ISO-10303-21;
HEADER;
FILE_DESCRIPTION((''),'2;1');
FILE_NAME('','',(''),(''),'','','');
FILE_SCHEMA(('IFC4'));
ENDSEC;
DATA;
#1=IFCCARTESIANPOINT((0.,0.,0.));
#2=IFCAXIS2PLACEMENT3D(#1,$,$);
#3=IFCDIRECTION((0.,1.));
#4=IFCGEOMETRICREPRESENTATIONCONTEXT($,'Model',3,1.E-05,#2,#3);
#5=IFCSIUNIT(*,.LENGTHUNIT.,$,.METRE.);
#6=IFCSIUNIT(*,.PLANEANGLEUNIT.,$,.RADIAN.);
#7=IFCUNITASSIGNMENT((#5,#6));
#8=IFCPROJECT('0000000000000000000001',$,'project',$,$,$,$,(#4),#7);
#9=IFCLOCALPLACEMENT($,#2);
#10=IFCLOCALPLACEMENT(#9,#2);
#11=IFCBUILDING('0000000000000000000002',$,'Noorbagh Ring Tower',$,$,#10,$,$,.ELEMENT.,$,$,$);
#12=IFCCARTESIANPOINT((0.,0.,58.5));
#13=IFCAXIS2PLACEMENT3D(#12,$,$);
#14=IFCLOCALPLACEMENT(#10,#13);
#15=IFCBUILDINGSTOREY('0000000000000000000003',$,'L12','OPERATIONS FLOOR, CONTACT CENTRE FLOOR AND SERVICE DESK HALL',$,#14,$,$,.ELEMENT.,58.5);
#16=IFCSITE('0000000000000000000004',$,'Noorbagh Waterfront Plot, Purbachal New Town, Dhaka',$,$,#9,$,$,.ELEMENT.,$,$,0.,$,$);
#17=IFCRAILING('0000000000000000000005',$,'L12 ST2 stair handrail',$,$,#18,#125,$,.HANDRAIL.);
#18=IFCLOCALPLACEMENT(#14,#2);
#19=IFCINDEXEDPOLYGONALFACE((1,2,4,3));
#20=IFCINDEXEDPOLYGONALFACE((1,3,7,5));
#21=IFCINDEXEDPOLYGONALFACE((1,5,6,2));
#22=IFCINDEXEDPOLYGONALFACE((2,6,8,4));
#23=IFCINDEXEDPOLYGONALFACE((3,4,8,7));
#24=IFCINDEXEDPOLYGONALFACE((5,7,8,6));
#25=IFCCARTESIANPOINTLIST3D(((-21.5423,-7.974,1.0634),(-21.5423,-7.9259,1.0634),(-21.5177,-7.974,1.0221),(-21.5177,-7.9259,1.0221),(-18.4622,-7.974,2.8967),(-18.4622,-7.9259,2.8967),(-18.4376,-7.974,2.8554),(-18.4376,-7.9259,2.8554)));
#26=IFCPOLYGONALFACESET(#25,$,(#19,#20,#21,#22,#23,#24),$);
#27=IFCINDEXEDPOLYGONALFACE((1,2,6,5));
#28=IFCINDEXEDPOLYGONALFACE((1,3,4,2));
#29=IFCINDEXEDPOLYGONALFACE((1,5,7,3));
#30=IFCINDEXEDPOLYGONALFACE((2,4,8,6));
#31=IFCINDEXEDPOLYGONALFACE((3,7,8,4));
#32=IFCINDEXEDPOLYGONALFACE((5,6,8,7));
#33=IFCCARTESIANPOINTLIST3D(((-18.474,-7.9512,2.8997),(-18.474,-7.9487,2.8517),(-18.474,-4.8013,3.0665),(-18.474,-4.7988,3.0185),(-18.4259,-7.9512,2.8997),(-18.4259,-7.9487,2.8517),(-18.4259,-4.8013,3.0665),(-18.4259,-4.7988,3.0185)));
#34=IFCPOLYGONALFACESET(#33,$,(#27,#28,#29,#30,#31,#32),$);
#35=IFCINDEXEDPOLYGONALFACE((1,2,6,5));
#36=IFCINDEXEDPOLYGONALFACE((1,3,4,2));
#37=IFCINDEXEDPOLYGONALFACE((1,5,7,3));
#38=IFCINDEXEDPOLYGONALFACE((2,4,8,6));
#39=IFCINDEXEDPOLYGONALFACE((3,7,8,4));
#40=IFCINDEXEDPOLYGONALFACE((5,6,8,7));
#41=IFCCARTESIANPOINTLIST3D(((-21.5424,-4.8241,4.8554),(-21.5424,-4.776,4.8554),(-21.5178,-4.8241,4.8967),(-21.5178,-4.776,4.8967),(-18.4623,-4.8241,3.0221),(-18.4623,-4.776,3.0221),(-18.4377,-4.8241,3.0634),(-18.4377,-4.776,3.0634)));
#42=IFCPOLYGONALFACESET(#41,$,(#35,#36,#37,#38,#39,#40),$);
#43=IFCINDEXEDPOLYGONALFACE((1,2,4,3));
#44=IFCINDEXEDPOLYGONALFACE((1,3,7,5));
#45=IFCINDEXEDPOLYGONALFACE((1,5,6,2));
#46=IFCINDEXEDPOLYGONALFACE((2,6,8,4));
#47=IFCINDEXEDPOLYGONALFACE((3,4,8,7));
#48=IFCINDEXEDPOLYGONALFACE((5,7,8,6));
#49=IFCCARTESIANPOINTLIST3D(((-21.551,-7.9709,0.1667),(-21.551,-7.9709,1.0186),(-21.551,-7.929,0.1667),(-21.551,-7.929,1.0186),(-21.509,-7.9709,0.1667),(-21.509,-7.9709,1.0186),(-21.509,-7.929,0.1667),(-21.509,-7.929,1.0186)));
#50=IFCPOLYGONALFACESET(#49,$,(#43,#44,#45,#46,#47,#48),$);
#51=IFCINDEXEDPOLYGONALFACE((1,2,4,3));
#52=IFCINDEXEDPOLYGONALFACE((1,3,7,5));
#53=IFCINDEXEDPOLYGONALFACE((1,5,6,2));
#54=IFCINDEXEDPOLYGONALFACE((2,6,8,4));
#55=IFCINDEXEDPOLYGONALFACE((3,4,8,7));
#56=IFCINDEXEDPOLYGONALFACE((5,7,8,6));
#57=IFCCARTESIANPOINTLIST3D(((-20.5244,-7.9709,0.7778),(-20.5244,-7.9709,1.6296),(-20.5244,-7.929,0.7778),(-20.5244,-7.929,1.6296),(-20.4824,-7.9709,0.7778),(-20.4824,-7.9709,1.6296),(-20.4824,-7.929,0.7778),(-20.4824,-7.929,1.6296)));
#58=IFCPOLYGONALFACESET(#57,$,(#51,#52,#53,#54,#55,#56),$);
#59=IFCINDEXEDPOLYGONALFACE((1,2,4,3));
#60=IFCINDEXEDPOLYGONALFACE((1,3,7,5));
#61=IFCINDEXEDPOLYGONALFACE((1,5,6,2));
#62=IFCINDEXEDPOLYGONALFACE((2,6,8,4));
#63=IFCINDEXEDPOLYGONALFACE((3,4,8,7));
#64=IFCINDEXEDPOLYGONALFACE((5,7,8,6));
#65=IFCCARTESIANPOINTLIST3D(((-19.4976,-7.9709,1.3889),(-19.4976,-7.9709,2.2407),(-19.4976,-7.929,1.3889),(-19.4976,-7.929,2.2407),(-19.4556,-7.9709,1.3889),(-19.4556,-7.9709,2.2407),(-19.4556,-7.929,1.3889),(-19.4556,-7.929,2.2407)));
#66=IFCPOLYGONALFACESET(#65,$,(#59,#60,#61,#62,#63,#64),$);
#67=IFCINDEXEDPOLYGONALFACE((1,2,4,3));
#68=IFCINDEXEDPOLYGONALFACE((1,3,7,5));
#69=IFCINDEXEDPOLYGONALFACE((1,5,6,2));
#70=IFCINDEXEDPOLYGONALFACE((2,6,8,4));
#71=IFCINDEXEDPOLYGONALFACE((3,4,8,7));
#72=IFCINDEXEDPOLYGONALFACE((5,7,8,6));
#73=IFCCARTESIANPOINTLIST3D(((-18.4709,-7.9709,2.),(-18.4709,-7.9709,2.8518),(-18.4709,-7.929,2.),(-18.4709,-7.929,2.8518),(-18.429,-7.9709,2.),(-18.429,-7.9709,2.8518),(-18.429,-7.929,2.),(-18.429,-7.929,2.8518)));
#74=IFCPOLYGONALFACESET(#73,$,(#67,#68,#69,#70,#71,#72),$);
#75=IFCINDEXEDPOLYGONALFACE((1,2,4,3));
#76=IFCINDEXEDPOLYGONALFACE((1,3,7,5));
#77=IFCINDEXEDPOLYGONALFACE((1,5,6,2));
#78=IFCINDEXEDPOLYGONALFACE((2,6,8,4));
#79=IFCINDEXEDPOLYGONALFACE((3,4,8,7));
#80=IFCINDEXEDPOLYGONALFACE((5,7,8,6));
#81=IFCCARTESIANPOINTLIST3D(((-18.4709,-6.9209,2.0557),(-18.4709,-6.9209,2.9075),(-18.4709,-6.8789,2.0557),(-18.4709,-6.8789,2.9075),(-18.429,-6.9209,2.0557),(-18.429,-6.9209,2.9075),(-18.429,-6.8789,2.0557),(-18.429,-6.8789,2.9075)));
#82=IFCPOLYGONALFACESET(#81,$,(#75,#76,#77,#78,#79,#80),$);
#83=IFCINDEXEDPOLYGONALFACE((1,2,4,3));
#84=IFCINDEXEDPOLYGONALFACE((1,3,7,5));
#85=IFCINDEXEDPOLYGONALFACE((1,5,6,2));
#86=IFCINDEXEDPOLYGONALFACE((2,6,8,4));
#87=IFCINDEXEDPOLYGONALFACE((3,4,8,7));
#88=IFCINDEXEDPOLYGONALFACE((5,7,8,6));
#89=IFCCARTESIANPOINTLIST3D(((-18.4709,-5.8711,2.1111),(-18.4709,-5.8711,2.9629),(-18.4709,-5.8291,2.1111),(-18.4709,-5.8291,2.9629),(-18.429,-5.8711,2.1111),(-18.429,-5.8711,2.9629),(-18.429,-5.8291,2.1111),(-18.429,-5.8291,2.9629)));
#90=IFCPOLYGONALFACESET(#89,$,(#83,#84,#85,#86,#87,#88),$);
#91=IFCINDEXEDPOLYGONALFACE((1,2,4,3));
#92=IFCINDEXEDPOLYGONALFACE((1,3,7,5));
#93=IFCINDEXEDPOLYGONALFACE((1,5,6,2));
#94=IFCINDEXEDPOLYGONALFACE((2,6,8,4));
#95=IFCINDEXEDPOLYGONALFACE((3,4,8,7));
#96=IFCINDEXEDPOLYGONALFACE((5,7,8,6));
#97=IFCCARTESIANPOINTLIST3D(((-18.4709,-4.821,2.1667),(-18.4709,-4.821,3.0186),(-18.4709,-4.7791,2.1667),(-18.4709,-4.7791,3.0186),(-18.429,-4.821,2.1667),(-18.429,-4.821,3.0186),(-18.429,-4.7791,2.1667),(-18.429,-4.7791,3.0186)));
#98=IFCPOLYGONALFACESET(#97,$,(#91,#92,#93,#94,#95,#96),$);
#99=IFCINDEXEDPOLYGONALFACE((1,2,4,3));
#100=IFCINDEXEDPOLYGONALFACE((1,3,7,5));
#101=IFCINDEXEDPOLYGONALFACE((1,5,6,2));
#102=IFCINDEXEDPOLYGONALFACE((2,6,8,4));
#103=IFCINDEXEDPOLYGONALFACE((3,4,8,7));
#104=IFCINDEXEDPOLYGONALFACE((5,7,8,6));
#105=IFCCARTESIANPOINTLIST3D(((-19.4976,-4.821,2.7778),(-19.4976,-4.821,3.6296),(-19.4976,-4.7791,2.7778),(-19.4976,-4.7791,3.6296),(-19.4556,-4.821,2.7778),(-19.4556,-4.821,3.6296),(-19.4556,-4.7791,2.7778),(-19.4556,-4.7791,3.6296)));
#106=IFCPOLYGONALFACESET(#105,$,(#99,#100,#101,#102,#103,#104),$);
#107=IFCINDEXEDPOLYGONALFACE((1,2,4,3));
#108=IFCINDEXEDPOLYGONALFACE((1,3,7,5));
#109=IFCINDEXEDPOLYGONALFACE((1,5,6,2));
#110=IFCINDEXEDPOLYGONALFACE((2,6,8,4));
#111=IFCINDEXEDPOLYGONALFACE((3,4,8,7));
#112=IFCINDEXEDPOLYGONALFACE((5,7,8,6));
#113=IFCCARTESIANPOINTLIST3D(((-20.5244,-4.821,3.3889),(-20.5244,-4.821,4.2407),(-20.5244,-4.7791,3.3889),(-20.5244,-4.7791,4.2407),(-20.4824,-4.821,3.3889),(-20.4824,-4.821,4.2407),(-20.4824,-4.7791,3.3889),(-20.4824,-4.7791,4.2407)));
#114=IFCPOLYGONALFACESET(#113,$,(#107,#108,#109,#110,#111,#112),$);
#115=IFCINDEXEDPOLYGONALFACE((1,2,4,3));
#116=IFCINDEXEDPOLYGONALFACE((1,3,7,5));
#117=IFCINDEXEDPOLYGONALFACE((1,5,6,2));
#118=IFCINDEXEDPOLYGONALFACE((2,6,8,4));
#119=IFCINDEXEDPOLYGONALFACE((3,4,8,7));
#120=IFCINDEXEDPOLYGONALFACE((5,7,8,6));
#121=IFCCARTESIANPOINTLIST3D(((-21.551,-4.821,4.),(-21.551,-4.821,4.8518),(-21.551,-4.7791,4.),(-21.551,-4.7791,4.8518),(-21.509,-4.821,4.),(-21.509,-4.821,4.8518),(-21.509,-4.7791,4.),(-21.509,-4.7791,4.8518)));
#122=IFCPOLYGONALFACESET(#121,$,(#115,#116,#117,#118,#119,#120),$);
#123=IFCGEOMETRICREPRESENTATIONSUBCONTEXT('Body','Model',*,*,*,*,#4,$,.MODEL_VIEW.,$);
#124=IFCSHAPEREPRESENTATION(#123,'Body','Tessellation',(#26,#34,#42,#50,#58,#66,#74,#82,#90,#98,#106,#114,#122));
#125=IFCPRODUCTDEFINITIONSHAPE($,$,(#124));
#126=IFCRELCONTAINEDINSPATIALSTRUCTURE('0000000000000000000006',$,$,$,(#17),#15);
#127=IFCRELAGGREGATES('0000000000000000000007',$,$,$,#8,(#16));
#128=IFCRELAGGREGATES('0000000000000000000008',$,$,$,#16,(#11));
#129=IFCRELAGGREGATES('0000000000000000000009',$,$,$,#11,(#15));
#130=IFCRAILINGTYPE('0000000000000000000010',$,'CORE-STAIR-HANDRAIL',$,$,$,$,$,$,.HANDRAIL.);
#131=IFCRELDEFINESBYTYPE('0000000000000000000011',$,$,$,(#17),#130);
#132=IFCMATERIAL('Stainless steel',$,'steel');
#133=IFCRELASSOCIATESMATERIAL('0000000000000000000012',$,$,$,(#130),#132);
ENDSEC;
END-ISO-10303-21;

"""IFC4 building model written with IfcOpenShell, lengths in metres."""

from ifc_helpers import new_model, si_unit, direction, frame, origin, origin_2d, place, context, subcontext, project, spatial, rectangle, extrude, material, type_object, element, save


model = new_model("IFC4")

# Units and contexts
model_context = context("Model", 3, precision=1e-05, world=origin(), true_north=direction((0.0, 1.0)))
body_context = subcontext(model_context, "Body", "Model", "MODEL_VIEW")
ifc_project = project(units=[si_unit("LENGTHUNIT", "METRE"), si_unit("PLANEANGLEUNIT", "RADIAN")], contexts=[model_context])

# Site, building, storey
site_placement = place(None, origin())
site = spatial("IfcSite", under=ifc_project, at=site_placement, Name="Noorbagh Waterfront Plot, Purbachal New Town, Dhaka", CompositionType="ELEMENT", RefElevation=0.0)
building_placement = place(site_placement, origin())
building = spatial("IfcBuilding", under=site, at=building_placement, Name="Noorbagh Ring Tower", CompositionType="ELEMENT")
storey_placement = place(building_placement, frame((0.0, 0.0, 58.5)))
storey = spatial("IfcBuildingStorey", under=building, at=storey_placement, Name="L12", Description="OPERATIONS FLOOR, CONTACT CENTRE FLOOR AND SERVICE DESK HALL", CompositionType="ELEMENT", Elevation=58.5)

# Railing
ifc_material_1 = material(Name="Stainless steel", Category="steel")
railing_type_1 = type_object("IfcRailingType", Name="CORE-STAIR-HANDRAIL", PredefinedType="HANDRAIL", material=ifc_material_1)
railing_1_placement = place(storey_placement, frame((-21.53, -7.95, 0.1667)))
element("IfcRailing", 1, at=railing_1_placement, inside=storey, type_object=railing_type_1, Name="L12 ST2 stair handrail", PredefinedType="HANDRAIL", context=body_context, shape_type="SweptSolid", body=[
    extrude(rectangle(XDim=0.0481, YDim=0.0481, at=origin_2d()), frame((0.0, 0.0, 0.876), z_axis=(0.859309, 0.0, 0.511458), x_axis=(0.0, 1.0, 0.0)), (0.0, 0.0, 1.0), 3.5845),
    extrude(rectangle(XDim=0.0481, YDim=0.0481, at=origin_2d()), frame((3.0801, 0.0, 2.709), z_axis=(0.0, 0.998602, 0.052864), x_axis=(-1.0, 0.0, 0.0)), (0.0, 0.0, 1.0), 3.1543),
    extrude(rectangle(XDim=0.0481, YDim=0.0481, at=origin_2d()), frame((3.0801, 3.1499, 2.876), z_axis=(-0.859309, 0.0, 0.511458), x_axis=(0.0, -1.0, 0.0)), (0.0, 0.0, 1.0), 3.5845),
    extrude(rectangle(XDim=0.042, YDim=0.042, at=origin_2d()), origin(), (0.0, 0.0, 1.0), 0.8518),
    extrude(rectangle(XDim=0.042, YDim=0.042, at=origin_2d()), frame((1.0266, 0.0, 0.6111)), (0.0, 0.0, 1.0), 0.8518),
    extrude(rectangle(XDim=0.042, YDim=0.042, at=origin_2d()), frame((2.0535, 0.0, 1.2222)), (0.0, 0.0, 1.0), 0.8518),
    extrude(rectangle(XDim=0.042, YDim=0.042, at=origin_2d()), frame((3.0801, 0.0, 1.8333)), (0.0, 0.0, 1.0), 0.8518),
    extrude(rectangle(XDim=0.042, YDim=0.042, at=origin_2d()), frame((3.0801, 1.05, 1.8889)), (0.0, 0.0, 1.0), 0.8518),
    extrude(rectangle(XDim=0.042, YDim=0.042, at=origin_2d()), frame((3.0801, 2.0999, 1.9443)), (0.0, 0.0, 1.0), 0.8518),
    extrude(rectangle(XDim=0.042, YDim=0.042, at=origin_2d()), frame((3.0801, 3.1499, 2.0)), (0.0, 0.0, 1.0), 0.8518),
    extrude(rectangle(XDim=0.042, YDim=0.042, at=origin_2d()), frame((2.0535, 3.1499, 2.6111)), (0.0, 0.0, 1.0), 0.8518),
    extrude(rectangle(XDim=0.042, YDim=0.042, at=origin_2d()), frame((1.0266, 3.1499, 3.2222)), (0.0, 0.0, 1.0), 0.8518),
    extrude(rectangle(XDim=0.042, YDim=0.042, at=origin_2d()), frame((0.0, 3.1499, 3.8333)), (0.0, 0.0, 1.0), 0.8518),
])

save(model, "model.ifc")
